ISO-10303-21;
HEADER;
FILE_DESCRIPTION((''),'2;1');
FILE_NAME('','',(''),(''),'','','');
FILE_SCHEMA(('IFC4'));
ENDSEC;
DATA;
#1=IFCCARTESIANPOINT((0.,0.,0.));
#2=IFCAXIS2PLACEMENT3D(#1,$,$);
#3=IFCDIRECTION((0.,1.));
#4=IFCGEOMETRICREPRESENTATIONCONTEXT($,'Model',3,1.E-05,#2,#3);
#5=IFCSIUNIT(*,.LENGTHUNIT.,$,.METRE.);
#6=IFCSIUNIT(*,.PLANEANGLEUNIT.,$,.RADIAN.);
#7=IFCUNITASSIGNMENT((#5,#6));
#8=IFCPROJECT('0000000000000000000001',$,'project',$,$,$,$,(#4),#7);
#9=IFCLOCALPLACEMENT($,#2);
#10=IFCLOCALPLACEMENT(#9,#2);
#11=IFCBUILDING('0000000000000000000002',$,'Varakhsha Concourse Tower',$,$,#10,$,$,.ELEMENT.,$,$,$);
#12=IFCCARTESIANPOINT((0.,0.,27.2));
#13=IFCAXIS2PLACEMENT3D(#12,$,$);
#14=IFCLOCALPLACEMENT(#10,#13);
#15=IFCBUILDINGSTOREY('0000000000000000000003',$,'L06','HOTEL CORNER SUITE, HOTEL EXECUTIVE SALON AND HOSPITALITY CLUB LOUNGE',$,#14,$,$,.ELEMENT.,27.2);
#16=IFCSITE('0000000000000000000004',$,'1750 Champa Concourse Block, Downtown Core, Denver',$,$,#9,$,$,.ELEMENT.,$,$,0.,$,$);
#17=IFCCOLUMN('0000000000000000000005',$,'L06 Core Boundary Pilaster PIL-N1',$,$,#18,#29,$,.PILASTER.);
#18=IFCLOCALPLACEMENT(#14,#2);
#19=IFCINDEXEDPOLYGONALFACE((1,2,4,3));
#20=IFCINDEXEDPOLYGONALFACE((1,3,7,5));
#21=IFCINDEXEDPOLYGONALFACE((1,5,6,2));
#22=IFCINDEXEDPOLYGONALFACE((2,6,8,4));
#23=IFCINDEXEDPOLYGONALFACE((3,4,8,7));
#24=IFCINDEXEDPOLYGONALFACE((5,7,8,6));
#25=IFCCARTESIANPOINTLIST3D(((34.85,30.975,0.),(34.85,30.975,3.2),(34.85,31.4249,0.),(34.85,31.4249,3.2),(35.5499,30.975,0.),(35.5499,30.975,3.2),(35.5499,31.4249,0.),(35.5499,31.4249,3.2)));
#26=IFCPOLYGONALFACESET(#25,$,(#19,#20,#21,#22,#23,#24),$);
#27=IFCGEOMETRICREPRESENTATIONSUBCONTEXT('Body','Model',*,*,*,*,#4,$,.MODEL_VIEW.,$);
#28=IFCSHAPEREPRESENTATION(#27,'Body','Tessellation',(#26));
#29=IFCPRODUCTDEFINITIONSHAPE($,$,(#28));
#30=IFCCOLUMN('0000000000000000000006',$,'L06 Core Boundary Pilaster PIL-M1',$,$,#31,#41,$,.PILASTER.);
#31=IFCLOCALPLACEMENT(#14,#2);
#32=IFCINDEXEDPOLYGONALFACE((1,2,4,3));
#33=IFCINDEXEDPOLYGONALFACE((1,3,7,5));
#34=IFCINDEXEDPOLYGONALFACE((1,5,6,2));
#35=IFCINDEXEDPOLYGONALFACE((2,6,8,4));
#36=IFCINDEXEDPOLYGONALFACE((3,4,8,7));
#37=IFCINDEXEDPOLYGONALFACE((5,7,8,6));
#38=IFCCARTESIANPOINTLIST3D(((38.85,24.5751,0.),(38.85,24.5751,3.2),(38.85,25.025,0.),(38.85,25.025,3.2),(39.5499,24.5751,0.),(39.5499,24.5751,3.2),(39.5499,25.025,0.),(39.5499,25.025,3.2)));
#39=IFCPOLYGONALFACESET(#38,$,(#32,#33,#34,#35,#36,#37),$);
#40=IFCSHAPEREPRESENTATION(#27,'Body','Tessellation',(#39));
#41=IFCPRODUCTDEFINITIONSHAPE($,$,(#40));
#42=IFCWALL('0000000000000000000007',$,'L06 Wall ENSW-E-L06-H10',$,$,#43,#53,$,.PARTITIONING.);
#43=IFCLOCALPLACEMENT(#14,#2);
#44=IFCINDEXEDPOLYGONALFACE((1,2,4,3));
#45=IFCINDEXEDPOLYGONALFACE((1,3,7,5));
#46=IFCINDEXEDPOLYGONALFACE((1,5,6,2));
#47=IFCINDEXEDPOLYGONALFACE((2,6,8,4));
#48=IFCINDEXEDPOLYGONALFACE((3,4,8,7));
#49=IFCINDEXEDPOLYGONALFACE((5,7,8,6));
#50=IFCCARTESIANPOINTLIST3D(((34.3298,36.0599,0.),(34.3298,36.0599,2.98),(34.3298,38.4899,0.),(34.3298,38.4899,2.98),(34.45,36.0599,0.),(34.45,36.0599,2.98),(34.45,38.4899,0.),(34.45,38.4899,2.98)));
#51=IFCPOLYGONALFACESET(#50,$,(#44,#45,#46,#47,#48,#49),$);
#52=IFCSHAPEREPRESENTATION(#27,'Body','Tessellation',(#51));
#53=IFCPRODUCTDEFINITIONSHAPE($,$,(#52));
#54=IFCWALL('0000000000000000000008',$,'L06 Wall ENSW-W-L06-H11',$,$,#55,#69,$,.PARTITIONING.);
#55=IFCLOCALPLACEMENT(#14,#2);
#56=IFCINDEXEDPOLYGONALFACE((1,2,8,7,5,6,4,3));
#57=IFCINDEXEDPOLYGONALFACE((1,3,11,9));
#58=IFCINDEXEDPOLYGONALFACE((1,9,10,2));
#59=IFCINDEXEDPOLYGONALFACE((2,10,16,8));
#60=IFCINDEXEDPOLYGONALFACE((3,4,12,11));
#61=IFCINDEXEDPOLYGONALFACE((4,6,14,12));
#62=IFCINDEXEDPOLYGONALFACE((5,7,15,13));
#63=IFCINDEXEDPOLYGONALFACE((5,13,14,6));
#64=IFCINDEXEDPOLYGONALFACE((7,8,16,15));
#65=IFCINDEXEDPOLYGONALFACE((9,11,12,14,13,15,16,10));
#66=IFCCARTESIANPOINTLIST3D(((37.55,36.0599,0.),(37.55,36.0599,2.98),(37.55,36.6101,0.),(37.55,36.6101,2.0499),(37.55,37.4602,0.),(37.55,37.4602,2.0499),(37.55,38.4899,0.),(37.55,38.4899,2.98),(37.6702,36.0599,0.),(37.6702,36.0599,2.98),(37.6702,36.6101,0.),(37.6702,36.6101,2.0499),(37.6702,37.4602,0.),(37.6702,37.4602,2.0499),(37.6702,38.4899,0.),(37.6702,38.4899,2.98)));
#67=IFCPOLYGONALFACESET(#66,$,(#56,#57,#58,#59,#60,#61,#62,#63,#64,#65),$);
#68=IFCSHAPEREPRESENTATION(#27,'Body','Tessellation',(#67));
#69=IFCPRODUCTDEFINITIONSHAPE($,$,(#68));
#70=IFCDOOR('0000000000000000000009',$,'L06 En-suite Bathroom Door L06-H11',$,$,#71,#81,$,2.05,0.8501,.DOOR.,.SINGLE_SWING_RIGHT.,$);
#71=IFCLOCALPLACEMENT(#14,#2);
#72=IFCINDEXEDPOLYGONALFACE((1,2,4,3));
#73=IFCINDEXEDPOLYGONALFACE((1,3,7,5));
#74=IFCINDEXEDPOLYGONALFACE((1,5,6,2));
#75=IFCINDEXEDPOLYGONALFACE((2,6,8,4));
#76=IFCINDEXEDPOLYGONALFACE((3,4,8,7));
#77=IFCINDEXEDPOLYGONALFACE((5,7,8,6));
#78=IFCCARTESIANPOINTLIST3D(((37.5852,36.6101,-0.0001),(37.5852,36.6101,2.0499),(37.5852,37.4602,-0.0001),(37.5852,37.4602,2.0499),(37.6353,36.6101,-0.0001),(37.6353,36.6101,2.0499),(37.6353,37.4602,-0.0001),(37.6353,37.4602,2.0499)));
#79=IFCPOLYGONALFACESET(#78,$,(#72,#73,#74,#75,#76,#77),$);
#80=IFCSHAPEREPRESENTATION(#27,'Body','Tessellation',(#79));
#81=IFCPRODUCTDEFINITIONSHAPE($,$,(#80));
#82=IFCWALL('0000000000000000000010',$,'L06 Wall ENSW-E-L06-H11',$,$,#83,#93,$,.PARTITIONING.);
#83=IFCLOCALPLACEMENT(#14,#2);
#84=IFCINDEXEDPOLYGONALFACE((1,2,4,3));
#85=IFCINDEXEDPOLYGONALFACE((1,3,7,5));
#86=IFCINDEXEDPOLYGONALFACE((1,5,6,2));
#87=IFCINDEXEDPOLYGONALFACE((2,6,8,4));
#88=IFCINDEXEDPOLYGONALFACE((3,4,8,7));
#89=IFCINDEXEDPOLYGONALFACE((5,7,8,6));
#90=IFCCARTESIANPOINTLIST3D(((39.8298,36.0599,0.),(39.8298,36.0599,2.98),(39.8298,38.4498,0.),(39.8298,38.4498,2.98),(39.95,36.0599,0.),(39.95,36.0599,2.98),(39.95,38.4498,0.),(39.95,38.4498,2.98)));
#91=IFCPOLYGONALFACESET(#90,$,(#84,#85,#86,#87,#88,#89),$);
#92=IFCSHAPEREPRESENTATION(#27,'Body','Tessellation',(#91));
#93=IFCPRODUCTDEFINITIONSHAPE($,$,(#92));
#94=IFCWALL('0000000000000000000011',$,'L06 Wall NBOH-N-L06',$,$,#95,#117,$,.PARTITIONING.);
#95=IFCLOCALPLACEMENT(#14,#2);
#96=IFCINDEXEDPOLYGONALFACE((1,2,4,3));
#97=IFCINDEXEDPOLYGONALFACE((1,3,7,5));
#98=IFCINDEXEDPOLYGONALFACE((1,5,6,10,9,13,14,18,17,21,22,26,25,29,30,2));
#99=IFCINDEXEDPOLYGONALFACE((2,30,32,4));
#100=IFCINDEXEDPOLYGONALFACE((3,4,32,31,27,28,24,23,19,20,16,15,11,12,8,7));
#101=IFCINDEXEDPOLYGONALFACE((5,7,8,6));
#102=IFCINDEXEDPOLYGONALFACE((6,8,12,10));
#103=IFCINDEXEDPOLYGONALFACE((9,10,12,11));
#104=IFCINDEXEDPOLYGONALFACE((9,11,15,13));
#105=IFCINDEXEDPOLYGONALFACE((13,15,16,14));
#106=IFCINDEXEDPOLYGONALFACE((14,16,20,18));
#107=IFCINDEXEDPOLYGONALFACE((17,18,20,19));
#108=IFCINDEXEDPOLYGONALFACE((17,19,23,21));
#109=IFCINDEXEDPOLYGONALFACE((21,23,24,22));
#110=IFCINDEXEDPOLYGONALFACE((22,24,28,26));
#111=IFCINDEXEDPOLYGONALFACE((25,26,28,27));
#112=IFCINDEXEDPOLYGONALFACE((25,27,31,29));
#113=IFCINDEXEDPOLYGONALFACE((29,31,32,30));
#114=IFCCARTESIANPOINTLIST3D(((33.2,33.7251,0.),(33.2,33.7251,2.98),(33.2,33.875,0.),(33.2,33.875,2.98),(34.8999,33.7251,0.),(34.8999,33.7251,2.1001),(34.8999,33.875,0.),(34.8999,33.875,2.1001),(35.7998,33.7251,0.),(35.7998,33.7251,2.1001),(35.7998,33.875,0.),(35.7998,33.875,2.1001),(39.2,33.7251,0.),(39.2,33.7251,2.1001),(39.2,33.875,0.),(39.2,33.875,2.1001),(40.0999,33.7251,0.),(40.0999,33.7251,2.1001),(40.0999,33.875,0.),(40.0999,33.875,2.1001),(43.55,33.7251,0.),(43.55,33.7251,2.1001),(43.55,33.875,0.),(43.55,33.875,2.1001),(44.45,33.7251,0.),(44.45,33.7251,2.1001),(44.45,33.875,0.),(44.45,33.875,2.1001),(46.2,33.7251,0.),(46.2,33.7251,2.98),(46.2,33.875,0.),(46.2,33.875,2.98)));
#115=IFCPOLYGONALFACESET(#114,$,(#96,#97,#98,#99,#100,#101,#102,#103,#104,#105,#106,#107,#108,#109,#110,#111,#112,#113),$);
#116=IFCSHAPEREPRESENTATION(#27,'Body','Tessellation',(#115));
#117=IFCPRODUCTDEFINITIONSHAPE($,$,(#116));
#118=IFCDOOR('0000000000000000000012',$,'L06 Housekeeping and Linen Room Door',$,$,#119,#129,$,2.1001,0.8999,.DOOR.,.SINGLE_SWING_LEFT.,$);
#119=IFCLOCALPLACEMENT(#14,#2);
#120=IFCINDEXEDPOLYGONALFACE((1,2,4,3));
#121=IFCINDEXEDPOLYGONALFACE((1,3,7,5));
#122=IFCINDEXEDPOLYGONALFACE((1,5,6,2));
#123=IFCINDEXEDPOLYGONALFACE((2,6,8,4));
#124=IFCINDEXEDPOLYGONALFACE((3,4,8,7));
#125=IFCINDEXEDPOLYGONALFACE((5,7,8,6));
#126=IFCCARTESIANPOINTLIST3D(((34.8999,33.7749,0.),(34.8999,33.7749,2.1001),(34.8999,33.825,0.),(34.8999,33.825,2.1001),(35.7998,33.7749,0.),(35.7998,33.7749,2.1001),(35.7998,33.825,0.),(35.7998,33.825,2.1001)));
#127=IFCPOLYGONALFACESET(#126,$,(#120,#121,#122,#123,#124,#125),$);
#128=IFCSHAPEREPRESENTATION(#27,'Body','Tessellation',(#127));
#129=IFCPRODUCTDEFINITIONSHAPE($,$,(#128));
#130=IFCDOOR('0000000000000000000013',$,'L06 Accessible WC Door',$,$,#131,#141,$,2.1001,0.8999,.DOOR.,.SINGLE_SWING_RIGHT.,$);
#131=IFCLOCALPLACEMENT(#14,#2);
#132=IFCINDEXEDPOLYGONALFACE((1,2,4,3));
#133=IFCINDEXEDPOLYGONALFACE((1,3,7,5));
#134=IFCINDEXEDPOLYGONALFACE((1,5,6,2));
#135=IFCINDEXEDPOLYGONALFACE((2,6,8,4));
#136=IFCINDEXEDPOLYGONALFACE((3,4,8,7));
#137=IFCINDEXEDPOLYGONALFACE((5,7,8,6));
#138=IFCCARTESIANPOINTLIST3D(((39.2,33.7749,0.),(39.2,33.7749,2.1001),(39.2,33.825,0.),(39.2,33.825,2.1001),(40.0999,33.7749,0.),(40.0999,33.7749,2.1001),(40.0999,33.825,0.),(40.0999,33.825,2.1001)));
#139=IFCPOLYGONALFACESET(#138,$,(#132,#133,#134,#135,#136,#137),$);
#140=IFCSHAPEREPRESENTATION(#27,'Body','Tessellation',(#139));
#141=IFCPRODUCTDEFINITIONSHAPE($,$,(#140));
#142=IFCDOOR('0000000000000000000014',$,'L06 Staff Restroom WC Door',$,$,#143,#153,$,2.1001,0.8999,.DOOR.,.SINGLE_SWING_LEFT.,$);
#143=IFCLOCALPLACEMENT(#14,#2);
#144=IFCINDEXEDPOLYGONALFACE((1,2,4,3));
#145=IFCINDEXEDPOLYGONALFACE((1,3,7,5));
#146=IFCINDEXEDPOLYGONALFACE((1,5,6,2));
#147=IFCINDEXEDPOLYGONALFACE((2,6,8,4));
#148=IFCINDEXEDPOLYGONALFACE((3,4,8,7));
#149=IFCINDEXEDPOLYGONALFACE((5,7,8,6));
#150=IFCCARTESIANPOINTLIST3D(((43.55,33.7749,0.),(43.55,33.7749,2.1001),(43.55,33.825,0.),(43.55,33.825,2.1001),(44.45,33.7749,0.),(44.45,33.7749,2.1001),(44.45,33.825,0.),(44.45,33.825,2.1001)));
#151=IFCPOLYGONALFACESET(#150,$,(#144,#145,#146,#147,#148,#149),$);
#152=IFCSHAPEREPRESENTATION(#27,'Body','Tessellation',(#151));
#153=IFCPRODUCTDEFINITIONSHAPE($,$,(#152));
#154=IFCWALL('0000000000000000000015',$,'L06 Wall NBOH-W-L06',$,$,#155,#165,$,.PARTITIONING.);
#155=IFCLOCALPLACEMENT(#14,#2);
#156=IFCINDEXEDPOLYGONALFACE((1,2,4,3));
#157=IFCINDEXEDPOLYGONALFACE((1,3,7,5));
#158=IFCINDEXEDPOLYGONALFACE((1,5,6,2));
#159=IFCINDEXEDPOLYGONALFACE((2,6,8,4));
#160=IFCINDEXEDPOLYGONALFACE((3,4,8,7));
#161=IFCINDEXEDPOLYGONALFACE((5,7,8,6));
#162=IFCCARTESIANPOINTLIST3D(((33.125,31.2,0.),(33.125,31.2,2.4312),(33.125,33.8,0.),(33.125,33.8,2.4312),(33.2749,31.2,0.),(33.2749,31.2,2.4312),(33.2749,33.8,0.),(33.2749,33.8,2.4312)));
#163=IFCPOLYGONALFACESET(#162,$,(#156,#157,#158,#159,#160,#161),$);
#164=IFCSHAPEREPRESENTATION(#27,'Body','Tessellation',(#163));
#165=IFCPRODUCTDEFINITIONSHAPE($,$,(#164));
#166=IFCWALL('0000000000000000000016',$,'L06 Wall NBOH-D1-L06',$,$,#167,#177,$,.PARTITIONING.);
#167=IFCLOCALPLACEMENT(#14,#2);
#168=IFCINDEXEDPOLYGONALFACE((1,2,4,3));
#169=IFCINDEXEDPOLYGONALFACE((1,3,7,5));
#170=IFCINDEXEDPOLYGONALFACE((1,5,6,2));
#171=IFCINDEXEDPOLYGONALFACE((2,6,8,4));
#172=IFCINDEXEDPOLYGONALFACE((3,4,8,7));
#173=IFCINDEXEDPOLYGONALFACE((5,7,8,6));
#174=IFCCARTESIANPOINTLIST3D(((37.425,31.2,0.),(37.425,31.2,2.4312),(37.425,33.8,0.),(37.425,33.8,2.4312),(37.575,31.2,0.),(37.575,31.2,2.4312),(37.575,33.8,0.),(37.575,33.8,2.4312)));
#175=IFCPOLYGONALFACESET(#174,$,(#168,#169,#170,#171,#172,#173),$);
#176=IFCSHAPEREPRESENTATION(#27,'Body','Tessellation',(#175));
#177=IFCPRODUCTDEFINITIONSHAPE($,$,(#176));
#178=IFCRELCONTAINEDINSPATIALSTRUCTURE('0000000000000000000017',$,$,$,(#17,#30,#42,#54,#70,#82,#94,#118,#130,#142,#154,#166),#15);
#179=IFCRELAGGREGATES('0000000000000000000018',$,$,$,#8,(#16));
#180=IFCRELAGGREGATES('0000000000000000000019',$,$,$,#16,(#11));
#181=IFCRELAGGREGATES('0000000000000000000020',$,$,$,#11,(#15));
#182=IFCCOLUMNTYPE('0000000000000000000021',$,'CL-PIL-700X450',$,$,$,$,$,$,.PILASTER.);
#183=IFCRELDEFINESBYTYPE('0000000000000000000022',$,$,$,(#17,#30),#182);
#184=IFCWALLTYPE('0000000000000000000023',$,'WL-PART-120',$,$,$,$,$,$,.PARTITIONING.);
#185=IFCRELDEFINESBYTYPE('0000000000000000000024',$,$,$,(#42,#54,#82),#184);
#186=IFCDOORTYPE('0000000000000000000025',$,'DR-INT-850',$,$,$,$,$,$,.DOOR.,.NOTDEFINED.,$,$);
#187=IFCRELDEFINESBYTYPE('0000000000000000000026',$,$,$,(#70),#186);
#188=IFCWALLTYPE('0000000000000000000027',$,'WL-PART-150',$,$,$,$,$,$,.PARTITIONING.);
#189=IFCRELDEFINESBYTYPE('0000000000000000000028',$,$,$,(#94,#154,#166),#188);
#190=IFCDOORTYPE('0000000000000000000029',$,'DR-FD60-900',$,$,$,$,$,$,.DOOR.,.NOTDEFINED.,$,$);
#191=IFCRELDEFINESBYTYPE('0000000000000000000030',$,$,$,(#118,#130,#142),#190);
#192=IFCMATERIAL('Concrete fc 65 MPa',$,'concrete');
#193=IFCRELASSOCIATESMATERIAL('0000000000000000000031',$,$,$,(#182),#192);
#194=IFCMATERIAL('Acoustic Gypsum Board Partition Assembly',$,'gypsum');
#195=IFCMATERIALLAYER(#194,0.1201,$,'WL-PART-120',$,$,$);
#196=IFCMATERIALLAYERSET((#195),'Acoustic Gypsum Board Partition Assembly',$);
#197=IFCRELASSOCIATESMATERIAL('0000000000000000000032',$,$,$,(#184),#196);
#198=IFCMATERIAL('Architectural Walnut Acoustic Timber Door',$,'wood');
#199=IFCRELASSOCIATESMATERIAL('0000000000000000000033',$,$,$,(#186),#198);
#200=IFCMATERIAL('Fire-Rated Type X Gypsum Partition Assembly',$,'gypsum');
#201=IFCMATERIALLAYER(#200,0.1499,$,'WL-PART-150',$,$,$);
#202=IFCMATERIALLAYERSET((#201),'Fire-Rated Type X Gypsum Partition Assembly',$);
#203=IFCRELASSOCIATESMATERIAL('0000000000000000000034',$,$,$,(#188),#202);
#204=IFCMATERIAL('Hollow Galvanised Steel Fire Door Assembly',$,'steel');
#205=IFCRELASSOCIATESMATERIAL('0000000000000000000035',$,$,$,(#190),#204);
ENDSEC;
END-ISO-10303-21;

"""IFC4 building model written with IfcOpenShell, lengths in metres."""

from ifc_helpers import new_model, si_unit, direction, frame, frame_2d, origin, origin_2d, place, context, subcontext, project, spatial, rectangle, extrude, material, layer, layer_set, material_profile, profile_set, type_object, element, fill, save


model = new_model("IFC4")

# Units and contexts
model_context = context("Model", 3, precision=1e-05, world=origin(), true_north=direction((0.0, 1.0)))
body_context = subcontext(model_context, "Body", "Model", "MODEL_VIEW")
ifc_project = project(units=[si_unit("LENGTHUNIT", "METRE"), si_unit("PLANEANGLEUNIT", "RADIAN")], contexts=[model_context])

# Site, building, storey
site_placement = place(None, origin())
site = spatial("IfcSite", under=ifc_project, at=site_placement, Name="1750 Champa Concourse Block, Downtown Core, Denver", CompositionType="ELEMENT", RefElevation=0.0)
building_placement = place(site_placement, origin())
building = spatial("IfcBuilding", under=site, at=building_placement, Name="Varakhsha Concourse Tower", CompositionType="ELEMENT")
storey_placement = place(building_placement, frame((0.0, 0.0, 27.2)))
storey = spatial("IfcBuildingStorey", under=building, at=storey_placement, Name="L06", Description="HOTEL CORNER SUITE, HOTEL EXECUTIVE SALON AND HOSPITALITY CLUB LOUNGE", CompositionType="ELEMENT", Elevation=27.2)

# Columns
ifc_material_1 = material(Name="Concrete fc 65 MPa", Category="concrete")
ifc_material_profile = material_profile(ifc_material_1, rectangle(XDim=0.7, YDim=0.45, at=origin_2d()), Name="RC 700x450")
ifc_profile_set = profile_set([ifc_material_profile], Name="Concrete fc 65 MPa")
column_type = type_object("IfcColumnType", Name="CL-PIL-700X450", PredefinedType="PILASTER", material=ifc_profile_set)
for number, where, z_axis, x_axis, name in (
    (1, (35.2, 31.2, 0.0), (0.0, 0.0, 1.0), (1.0, 0.0, 0.0), "L06 Core Boundary Pilaster PIL-N1"),
    (2, (39.2, 24.8, 0.0), (0.0, 0.0, 1.0), (1.0, 0.0, 0.0), "L06 Core Boundary Pilaster PIL-M1"),
):
    element("IfcColumn", number, at=place(storey_placement, frame(where, z_axis=z_axis, x_axis=x_axis)), inside=storey, type_object=column_type, Name=name, PredefinedType="PILASTER", context=body_context, shape_type="SweptSolid", body=[
        extrude(rectangle(XDim=0.7, YDim=0.45, at=origin_2d()), origin(), (0.0, 0.0, 1.0), 3.2),
    ])

# Wall
ifc_material_2 = material(Name="Acoustic Gypsum Board Partition Assembly", Category="gypsum")
ifc_layer_1 = layer(ifc_material_2, 0.1201, Name="WL-PART-120")
ifc_layer_set_1 = layer_set([ifc_layer_1], Name="Acoustic Gypsum Board Partition Assembly")
wall_type_1 = type_object("IfcWallType", Name="WL-PART-120", PredefinedType="PARTITIONING", material=ifc_layer_set_1)
wall_1_placement = place(storey_placement, frame((34.3899, 36.0601, 0.0), z_axis=(0.0, 0.0, 1.0), x_axis=(0.0, 1.0, 0.0)))
element("IfcWall", 3, at=wall_1_placement, inside=storey, type_object=wall_type_1, Name="L06 Wall ENSW-E-L06-H10", PredefinedType="PARTITIONING", context=body_context, shape_type="SweptSolid", body=[
    extrude(rectangle(XDim=2.4299, YDim=0.1201, at=frame_2d((1.2148, 0.0))), origin(), (0.0, 0.0, 1.0), 2.98),
])

# Wall, opening, door
wall_2_placement = place(storey_placement, frame((37.6101, 36.0601, 0.0), z_axis=(0.0, 0.0, 1.0), x_axis=(0.0, 1.0, 0.0)))
wall_2 = element("IfcWall", 4, at=wall_2_placement, inside=storey, type_object=wall_type_1, Name="L06 Wall ENSW-W-L06-H11", PredefinedType="PARTITIONING", context=body_context, shape_type="SweptSolid", body=[
    extrude(rectangle(XDim=2.4299, YDim=0.1201, at=frame_2d((1.2148, 0.0))), origin(), (0.0, 0.0, 1.0), 2.98),
])
opening_1_placement = place(wall_2_placement, frame((0.55, 0.0, 0.0)))
opening_1 = element("IfcOpeningElement", 5, at=opening_1_placement, cuts=wall_2, PredefinedType="OPENING", context=body_context, shape_type="SweptSolid", body=[
    extrude(rectangle(XDim=0.8501, YDim=2.05, at=frame_2d((0.425, 1.0249))), frame((0.0, 0.0701, 0.0), z_axis=(0.0, -1.0, 0.0), x_axis=(1.0, 0.0, 0.0)), (0.0, 0.0, 1.0), 0.1401),
])
ifc_material_3 = material(Name="Architectural Walnut Acoustic Timber Door", Category="wood")
door_type_1 = type_object("IfcDoorType", Name="DR-INT-850", OperationType="NOTDEFINED", PredefinedType="DOOR", material=ifc_material_3)
door_1_placement = place(opening_1_placement, origin())
door_1 = element("IfcDoor", 6, at=door_1_placement, inside=storey, type_object=door_type_1, Name="L06 En-suite Bathroom Door L06-H11", OperationType="SINGLE_SWING_RIGHT", OverallHeight=2.05, OverallWidth=0.8501, PredefinedType="DOOR", context=body_context, shape_type="SweptSolid", body=[
    extrude(rectangle(XDim=0.8501, YDim=2.05, at=frame_2d((0.425, 1.0249))), frame((0.0, 0.0249, 0.0), z_axis=(0.0, -1.0, 0.0), x_axis=(1.0, 0.0, 0.0)), (0.0, 0.0, 1.0), 0.05),
])
fill(opening_1, door_1)

# Wall
wall_3_placement = place(storey_placement, frame((39.8899, 36.0601, 0.0), z_axis=(0.0, 0.0, 1.0), x_axis=(0.0, 1.0, 0.0)))
element("IfcWall", 7, at=wall_3_placement, inside=storey, type_object=wall_type_1, Name="L06 Wall ENSW-E-L06-H11", PredefinedType="PARTITIONING", context=body_context, shape_type="SweptSolid", body=[
    extrude(rectangle(XDim=2.3899, YDim=0.1201, at=frame_2d((1.1948, 0.0))), origin(), (0.0, 0.0, 1.0), 2.98),
])

# Wall, openings, doors
ifc_material_4 = material(Name="Fire-Rated Type X Gypsum Partition Assembly", Category="gypsum")
ifc_layer_2 = layer(ifc_material_4, 0.1499, Name="WL-PART-150")
ifc_layer_set_2 = layer_set([ifc_layer_2], Name="Fire-Rated Type X Gypsum Partition Assembly")
wall_type_2 = type_object("IfcWallType", Name="WL-PART-150", PredefinedType="PARTITIONING", material=ifc_layer_set_2)
wall_4_placement = place(storey_placement, frame((33.2, 33.8, 0.0), z_axis=(0.0, 0.0, 1.0), x_axis=(1.0, 0.0, 0.0)))
wall_4 = element("IfcWall", 8, at=wall_4_placement, inside=storey, type_object=wall_type_2, Name="L06 Wall NBOH-N-L06", PredefinedType="PARTITIONING", context=body_context, shape_type="SweptSolid", body=[
    extrude(rectangle(XDim=13.0, YDim=0.1499, at=frame_2d((6.5, 0.0))), origin(), (0.0, 0.0, 1.0), 2.98),
])
opening_2_placement = place(wall_4_placement, frame((1.7, 0.0, 0.0)))
opening_2 = element("IfcOpeningElement", 9, at=opening_2_placement, cuts=wall_4, PredefinedType="OPENING", context=body_context, shape_type="SweptSolid", body=[
    extrude(rectangle(XDim=0.8999, YDim=2.1001, at=frame_2d((0.45, 1.05))), frame((0.0, 0.085, 0.0), z_axis=(0.0, -1.0, 0.0), x_axis=(1.0, 0.0, 0.0)), (0.0, 0.0, 1.0), 0.1699),
])
opening_3_placement = place(wall_4_placement, frame((6.0, 0.0, 0.0)))
opening_3 = element("IfcOpeningElement", 10, at=opening_3_placement, cuts=wall_4, PredefinedType="OPENING", context=body_context, shape_type="SweptSolid", body=[
    extrude(rectangle(XDim=0.8999, YDim=2.1001, at=frame_2d((0.45, 1.05))), frame((0.0, 0.085, 0.0), z_axis=(0.0, -1.0, 0.0), x_axis=(1.0, 0.0, 0.0)), (0.0, 0.0, 1.0), 0.1699),
])
opening_4_placement = place(wall_4_placement, frame((10.3501, 0.0, 0.0)))
opening_4 = element("IfcOpeningElement", 11, at=opening_4_placement, cuts=wall_4, PredefinedType="OPENING", context=body_context, shape_type="SweptSolid", body=[
    extrude(rectangle(XDim=0.8999, YDim=2.1001, at=frame_2d((0.45, 1.05))), frame((0.0, 0.085, 0.0), z_axis=(0.0, -1.0, 0.0), x_axis=(1.0, 0.0, 0.0)), (0.0, 0.0, 1.0), 0.1699),
])
ifc_material_5 = material(Name="Hollow Galvanised Steel Fire Door Assembly", Category="steel")
door_type_2 = type_object("IfcDoorType", Name="DR-FD60-900", OperationType="NOTDEFINED", PredefinedType="DOOR", material=ifc_material_5)
door_2_placement = place(opening_2_placement, origin())
door_2 = element("IfcDoor", 12, at=door_2_placement, inside=storey, type_object=door_type_2, Name="L06 Housekeeping and Linen Room Door", OperationType="SINGLE_SWING_LEFT", OverallHeight=2.1001, OverallWidth=0.8999, PredefinedType="DOOR", context=body_context, shape_type="SweptSolid", body=[
    extrude(rectangle(XDim=0.8999, YDim=2.1001, at=frame_2d((0.45, 1.05))), frame((0.0, 0.0249, 0.0), z_axis=(0.0, -1.0, 0.0), x_axis=(1.0, 0.0, 0.0)), (0.0, 0.0, 1.0), 0.05),
])
fill(opening_2, door_2)
door_3_placement = place(opening_3_placement, origin())
door_3 = element("IfcDoor", 13, at=door_3_placement, inside=storey, type_object=door_type_2, Name="L06 Accessible WC Door", OperationType="SINGLE_SWING_RIGHT", OverallHeight=2.1001, OverallWidth=0.8999, PredefinedType="DOOR", context=body_context, shape_type="SweptSolid", body=[
    extrude(rectangle(XDim=0.8999, YDim=2.1001, at=frame_2d((0.45, 1.05))), frame((0.0, 0.0249, 0.0), z_axis=(0.0, -1.0, 0.0), x_axis=(1.0, 0.0, 0.0)), (0.0, 0.0, 1.0), 0.05),
])
fill(opening_3, door_3)
door_4_placement = place(opening_4_placement, origin())
door_4 = element("IfcDoor", 14, at=door_4_placement, inside=storey, type_object=door_type_2, Name="L06 Staff Restroom WC Door", OperationType="SINGLE_SWING_LEFT", OverallHeight=2.1001, OverallWidth=0.8999, PredefinedType="DOOR", context=body_context, shape_type="SweptSolid", body=[
    extrude(rectangle(XDim=0.8999, YDim=2.1001, at=frame_2d((0.45, 1.05))), frame((0.0, 0.0249, 0.0), z_axis=(0.0, -1.0, 0.0), x_axis=(1.0, 0.0, 0.0)), (0.0, 0.0, 1.0), 0.05),
])
fill(opening_4, door_4)

# Walls
for number, where, z_axis, x_axis, name in (
    (15, (33.2, 31.2, 0.0), (0.0, 0.0, 1.0), (0.0, 1.0, 0.0), "L06 Wall NBOH-W-L06"),
    (16, (37.5, 31.2, 0.0), (0.0, 0.0, 1.0), (0.0, 1.0, 0.0), "L06 Wall NBOH-D1-L06"),
):
    element("IfcWall", number, at=place(storey_placement, frame(where, z_axis=z_axis, x_axis=x_axis)), inside=storey, type_object=wall_type_2, Name=name, PredefinedType="PARTITIONING", context=body_context, shape_type="SweptSolid", body=[
        extrude(rectangle(XDim=2.6001, YDim=0.1499, at=frame_2d((1.3, 0.0))), origin(), (0.0, 0.0, 1.0), 2.4312),
    ])

save(model, "model.ifc")
